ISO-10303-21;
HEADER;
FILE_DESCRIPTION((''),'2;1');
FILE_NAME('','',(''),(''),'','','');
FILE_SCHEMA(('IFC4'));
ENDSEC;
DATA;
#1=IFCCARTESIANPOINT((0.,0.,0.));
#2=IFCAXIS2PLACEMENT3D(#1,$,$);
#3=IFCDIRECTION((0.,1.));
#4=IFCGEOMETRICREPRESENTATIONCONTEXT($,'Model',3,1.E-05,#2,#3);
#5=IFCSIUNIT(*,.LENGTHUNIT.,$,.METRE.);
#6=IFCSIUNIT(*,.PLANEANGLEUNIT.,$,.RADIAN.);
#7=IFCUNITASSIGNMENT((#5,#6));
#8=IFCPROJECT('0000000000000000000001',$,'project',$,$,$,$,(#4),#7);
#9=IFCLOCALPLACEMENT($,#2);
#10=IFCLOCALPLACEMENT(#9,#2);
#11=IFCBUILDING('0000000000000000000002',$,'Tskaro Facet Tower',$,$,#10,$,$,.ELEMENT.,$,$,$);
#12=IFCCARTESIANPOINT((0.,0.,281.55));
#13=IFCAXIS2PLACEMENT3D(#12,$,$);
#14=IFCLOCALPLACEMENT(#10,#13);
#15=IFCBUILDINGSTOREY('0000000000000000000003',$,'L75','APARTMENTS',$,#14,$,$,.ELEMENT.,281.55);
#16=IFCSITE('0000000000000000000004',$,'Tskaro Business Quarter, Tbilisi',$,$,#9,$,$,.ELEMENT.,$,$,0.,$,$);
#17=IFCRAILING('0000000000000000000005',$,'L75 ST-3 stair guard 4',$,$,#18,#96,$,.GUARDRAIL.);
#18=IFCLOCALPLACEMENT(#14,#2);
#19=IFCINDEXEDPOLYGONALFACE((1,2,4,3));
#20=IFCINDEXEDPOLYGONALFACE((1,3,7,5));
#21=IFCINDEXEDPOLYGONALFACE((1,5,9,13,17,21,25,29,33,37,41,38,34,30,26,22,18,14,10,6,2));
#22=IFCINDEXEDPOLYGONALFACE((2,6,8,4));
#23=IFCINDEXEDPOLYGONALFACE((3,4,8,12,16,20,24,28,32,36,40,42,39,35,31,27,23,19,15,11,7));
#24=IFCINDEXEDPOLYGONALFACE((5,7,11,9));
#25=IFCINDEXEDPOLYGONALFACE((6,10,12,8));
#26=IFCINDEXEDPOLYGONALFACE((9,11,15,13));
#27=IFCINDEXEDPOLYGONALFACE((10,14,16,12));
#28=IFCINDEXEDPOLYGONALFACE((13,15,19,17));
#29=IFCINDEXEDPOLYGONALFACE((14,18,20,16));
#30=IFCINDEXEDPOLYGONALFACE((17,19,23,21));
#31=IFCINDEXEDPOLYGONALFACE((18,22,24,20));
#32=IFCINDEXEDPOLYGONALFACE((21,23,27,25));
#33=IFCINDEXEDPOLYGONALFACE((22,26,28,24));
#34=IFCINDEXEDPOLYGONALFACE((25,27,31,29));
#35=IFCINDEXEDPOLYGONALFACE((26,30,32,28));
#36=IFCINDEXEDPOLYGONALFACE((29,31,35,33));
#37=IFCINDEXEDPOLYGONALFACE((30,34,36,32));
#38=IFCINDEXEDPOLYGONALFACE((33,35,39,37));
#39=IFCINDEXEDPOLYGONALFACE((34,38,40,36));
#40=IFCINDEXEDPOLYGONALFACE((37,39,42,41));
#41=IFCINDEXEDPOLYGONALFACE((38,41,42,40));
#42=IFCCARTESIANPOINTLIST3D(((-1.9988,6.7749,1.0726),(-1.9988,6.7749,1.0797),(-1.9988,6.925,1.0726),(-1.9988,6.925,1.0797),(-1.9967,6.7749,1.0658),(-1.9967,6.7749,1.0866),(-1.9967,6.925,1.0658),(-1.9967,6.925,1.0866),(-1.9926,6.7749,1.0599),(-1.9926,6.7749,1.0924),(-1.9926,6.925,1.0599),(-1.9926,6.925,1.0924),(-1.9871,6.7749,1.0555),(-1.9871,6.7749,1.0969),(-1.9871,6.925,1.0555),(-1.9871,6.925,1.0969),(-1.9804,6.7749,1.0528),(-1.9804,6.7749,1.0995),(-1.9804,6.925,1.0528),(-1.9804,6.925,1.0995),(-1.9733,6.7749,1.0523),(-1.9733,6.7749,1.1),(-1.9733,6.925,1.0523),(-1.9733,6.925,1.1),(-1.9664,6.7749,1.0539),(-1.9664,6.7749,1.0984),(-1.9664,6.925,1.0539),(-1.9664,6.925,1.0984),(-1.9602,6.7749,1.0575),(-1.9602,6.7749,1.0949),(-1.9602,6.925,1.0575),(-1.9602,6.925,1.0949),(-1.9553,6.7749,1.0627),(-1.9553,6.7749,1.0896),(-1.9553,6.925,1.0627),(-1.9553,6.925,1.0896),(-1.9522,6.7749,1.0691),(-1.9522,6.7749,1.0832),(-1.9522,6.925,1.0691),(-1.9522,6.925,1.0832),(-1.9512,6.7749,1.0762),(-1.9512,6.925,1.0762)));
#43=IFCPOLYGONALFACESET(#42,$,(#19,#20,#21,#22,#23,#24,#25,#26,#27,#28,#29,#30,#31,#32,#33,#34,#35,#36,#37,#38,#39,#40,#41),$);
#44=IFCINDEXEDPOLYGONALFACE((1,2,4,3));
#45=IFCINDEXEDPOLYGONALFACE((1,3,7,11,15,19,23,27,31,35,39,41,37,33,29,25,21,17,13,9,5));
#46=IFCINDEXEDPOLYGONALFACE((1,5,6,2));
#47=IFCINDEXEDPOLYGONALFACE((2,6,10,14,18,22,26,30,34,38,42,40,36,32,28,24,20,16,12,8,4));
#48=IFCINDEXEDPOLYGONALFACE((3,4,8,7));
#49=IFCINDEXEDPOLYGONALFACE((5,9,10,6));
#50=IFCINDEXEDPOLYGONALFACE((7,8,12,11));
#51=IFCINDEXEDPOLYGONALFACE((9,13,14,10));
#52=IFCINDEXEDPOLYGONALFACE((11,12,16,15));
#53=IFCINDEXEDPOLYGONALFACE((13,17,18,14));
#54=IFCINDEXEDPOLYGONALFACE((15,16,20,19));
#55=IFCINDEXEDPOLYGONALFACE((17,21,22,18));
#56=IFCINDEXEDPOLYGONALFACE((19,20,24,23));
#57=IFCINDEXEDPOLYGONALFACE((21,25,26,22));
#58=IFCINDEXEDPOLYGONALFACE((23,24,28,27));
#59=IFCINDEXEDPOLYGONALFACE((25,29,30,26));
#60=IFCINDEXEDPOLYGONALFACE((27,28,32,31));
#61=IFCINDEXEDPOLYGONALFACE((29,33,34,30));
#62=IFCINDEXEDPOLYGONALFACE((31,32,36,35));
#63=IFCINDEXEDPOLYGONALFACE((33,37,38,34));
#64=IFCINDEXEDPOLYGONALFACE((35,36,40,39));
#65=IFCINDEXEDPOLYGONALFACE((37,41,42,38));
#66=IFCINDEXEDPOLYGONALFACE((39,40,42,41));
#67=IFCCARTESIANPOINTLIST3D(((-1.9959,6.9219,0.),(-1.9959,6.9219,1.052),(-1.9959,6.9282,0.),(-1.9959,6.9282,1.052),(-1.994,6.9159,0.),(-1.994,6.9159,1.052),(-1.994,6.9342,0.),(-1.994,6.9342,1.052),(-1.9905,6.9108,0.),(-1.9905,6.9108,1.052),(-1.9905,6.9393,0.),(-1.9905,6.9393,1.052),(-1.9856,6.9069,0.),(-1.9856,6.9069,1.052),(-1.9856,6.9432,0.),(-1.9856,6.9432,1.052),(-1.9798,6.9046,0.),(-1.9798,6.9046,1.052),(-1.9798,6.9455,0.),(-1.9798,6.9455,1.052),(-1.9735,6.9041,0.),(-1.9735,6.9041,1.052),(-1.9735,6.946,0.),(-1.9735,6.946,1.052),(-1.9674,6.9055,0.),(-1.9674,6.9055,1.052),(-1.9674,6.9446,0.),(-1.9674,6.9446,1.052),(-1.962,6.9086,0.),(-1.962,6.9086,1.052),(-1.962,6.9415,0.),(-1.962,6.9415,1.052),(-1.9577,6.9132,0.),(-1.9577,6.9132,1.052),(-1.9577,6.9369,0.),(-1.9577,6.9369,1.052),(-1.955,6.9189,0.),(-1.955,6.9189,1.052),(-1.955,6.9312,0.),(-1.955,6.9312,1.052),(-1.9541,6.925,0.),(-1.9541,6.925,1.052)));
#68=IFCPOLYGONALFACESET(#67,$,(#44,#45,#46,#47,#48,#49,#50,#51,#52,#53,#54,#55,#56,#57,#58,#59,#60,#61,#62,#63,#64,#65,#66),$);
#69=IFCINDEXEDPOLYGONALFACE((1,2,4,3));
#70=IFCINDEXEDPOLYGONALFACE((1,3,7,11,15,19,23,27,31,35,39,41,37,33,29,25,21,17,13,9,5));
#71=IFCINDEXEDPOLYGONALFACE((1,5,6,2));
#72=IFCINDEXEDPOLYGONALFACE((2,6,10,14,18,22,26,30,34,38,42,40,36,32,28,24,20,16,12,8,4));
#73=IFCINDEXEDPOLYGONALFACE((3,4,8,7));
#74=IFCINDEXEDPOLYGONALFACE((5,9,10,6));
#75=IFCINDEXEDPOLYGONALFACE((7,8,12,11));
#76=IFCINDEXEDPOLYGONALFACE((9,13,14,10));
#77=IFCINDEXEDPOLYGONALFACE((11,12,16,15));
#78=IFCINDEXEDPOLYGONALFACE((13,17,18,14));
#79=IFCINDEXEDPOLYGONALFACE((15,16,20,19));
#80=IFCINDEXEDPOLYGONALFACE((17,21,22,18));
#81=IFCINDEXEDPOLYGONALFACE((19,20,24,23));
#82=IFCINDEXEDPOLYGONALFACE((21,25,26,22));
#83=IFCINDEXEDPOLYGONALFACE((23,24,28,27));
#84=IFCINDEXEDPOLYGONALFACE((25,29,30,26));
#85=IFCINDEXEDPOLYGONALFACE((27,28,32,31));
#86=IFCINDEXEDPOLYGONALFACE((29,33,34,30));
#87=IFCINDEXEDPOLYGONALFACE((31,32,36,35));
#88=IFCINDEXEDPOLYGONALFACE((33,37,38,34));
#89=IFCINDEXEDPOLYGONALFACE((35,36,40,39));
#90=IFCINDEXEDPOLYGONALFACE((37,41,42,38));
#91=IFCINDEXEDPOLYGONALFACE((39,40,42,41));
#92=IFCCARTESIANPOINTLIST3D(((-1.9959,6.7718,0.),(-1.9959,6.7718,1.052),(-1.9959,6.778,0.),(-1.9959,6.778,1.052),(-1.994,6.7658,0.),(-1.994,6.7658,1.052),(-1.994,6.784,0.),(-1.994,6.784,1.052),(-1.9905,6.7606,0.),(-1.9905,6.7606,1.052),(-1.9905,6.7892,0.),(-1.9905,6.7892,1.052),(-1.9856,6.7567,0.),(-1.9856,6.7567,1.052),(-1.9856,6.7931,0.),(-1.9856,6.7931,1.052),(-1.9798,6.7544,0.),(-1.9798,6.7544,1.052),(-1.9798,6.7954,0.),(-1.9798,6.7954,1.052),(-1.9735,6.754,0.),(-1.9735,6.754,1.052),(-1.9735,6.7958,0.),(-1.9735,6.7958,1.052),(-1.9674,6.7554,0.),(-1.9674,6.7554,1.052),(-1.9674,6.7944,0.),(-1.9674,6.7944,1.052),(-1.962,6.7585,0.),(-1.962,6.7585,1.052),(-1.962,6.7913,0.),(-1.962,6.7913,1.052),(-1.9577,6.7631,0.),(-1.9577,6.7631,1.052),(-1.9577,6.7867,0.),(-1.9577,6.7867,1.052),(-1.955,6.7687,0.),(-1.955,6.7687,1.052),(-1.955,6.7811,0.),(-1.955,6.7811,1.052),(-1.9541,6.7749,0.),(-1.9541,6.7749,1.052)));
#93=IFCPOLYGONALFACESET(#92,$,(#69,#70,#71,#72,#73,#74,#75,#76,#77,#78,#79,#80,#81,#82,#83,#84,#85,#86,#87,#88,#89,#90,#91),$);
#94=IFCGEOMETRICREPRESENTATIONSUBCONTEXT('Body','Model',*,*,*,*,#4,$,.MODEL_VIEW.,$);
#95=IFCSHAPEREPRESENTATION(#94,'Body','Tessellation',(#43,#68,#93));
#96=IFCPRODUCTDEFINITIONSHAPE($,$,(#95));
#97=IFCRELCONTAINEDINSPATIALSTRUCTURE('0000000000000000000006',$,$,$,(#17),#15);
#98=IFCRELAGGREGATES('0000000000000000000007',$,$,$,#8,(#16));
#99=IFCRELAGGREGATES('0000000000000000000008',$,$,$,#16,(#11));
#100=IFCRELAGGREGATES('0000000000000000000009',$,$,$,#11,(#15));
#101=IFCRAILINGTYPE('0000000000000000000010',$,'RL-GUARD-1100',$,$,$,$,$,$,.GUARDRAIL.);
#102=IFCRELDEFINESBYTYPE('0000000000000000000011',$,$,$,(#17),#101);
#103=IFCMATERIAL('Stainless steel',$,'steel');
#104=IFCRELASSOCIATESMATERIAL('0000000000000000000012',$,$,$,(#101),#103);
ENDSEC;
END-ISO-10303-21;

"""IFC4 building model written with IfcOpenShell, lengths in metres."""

from ifc_helpers import new_model, si_unit, direction, frame, origin, origin_2d, place, context, subcontext, project, spatial, circle, extrude, material, type_object, element, save


model = new_model("IFC4")

# Units and contexts
model_context = context("Model", 3, precision=1e-05, world=origin(), true_north=direction((0.0, 1.0)))
body_context = subcontext(model_context, "Body", "Model", "MODEL_VIEW")
ifc_project = project(units=[si_unit("LENGTHUNIT", "METRE"), si_unit("PLANEANGLEUNIT", "RADIAN")], contexts=[model_context])

# Site, building, storey
site_placement = place(None, origin())
site = spatial("IfcSite", under=ifc_project, at=site_placement, Name="Tskaro Business Quarter, Tbilisi", CompositionType="ELEMENT", RefElevation=0.0)
building_placement = place(site_placement, origin())
building = spatial("IfcBuilding", under=site, at=building_placement, Name="Tskaro Facet Tower", CompositionType="ELEMENT")
storey_placement = place(building_placement, frame((0.0, 0.0, 281.55)))
storey = spatial("IfcBuildingStorey", under=building, at=storey_placement, Name="L75", Description="APARTMENTS", CompositionType="ELEMENT", Elevation=281.55)

# Railing
ifc_material_1 = material(Name="Stainless steel", Category="steel")
railing_type_1 = type_object("IfcRailingType", Name="RL-GUARD-1100", PredefinedType="GUARDRAIL", material=ifc_material_1)
railing_1_placement = place(storey_placement, frame((-1.9751, 6.925, 0.0)))
element("IfcRailing", 1, at=railing_1_placement, inside=storey, type_object=railing_type_1, Name="L75 ST-3 stair guard 4", PredefinedType="GUARDRAIL", context=body_context, shape_type="SweptSolid", body=[
    extrude(circle(Radius=0.0239, at=origin_2d()), frame((0.0, 0.0, 1.0762), z_axis=(0.0, -1.0, 0.0), x_axis=(1.0, 0.0, 0.0)), (0.0, 0.0, 1.0), 0.1501),
    extrude(circle(Radius=0.021, at=origin_2d()), origin(), (0.0, 0.0, 1.0), 1.052),
    extrude(circle(Radius=0.021, at=origin_2d()), frame((0.0, -0.1501, 0.0)), (0.0, 0.0, 1.0), 1.052),
])

save(model, "model.ifc")
